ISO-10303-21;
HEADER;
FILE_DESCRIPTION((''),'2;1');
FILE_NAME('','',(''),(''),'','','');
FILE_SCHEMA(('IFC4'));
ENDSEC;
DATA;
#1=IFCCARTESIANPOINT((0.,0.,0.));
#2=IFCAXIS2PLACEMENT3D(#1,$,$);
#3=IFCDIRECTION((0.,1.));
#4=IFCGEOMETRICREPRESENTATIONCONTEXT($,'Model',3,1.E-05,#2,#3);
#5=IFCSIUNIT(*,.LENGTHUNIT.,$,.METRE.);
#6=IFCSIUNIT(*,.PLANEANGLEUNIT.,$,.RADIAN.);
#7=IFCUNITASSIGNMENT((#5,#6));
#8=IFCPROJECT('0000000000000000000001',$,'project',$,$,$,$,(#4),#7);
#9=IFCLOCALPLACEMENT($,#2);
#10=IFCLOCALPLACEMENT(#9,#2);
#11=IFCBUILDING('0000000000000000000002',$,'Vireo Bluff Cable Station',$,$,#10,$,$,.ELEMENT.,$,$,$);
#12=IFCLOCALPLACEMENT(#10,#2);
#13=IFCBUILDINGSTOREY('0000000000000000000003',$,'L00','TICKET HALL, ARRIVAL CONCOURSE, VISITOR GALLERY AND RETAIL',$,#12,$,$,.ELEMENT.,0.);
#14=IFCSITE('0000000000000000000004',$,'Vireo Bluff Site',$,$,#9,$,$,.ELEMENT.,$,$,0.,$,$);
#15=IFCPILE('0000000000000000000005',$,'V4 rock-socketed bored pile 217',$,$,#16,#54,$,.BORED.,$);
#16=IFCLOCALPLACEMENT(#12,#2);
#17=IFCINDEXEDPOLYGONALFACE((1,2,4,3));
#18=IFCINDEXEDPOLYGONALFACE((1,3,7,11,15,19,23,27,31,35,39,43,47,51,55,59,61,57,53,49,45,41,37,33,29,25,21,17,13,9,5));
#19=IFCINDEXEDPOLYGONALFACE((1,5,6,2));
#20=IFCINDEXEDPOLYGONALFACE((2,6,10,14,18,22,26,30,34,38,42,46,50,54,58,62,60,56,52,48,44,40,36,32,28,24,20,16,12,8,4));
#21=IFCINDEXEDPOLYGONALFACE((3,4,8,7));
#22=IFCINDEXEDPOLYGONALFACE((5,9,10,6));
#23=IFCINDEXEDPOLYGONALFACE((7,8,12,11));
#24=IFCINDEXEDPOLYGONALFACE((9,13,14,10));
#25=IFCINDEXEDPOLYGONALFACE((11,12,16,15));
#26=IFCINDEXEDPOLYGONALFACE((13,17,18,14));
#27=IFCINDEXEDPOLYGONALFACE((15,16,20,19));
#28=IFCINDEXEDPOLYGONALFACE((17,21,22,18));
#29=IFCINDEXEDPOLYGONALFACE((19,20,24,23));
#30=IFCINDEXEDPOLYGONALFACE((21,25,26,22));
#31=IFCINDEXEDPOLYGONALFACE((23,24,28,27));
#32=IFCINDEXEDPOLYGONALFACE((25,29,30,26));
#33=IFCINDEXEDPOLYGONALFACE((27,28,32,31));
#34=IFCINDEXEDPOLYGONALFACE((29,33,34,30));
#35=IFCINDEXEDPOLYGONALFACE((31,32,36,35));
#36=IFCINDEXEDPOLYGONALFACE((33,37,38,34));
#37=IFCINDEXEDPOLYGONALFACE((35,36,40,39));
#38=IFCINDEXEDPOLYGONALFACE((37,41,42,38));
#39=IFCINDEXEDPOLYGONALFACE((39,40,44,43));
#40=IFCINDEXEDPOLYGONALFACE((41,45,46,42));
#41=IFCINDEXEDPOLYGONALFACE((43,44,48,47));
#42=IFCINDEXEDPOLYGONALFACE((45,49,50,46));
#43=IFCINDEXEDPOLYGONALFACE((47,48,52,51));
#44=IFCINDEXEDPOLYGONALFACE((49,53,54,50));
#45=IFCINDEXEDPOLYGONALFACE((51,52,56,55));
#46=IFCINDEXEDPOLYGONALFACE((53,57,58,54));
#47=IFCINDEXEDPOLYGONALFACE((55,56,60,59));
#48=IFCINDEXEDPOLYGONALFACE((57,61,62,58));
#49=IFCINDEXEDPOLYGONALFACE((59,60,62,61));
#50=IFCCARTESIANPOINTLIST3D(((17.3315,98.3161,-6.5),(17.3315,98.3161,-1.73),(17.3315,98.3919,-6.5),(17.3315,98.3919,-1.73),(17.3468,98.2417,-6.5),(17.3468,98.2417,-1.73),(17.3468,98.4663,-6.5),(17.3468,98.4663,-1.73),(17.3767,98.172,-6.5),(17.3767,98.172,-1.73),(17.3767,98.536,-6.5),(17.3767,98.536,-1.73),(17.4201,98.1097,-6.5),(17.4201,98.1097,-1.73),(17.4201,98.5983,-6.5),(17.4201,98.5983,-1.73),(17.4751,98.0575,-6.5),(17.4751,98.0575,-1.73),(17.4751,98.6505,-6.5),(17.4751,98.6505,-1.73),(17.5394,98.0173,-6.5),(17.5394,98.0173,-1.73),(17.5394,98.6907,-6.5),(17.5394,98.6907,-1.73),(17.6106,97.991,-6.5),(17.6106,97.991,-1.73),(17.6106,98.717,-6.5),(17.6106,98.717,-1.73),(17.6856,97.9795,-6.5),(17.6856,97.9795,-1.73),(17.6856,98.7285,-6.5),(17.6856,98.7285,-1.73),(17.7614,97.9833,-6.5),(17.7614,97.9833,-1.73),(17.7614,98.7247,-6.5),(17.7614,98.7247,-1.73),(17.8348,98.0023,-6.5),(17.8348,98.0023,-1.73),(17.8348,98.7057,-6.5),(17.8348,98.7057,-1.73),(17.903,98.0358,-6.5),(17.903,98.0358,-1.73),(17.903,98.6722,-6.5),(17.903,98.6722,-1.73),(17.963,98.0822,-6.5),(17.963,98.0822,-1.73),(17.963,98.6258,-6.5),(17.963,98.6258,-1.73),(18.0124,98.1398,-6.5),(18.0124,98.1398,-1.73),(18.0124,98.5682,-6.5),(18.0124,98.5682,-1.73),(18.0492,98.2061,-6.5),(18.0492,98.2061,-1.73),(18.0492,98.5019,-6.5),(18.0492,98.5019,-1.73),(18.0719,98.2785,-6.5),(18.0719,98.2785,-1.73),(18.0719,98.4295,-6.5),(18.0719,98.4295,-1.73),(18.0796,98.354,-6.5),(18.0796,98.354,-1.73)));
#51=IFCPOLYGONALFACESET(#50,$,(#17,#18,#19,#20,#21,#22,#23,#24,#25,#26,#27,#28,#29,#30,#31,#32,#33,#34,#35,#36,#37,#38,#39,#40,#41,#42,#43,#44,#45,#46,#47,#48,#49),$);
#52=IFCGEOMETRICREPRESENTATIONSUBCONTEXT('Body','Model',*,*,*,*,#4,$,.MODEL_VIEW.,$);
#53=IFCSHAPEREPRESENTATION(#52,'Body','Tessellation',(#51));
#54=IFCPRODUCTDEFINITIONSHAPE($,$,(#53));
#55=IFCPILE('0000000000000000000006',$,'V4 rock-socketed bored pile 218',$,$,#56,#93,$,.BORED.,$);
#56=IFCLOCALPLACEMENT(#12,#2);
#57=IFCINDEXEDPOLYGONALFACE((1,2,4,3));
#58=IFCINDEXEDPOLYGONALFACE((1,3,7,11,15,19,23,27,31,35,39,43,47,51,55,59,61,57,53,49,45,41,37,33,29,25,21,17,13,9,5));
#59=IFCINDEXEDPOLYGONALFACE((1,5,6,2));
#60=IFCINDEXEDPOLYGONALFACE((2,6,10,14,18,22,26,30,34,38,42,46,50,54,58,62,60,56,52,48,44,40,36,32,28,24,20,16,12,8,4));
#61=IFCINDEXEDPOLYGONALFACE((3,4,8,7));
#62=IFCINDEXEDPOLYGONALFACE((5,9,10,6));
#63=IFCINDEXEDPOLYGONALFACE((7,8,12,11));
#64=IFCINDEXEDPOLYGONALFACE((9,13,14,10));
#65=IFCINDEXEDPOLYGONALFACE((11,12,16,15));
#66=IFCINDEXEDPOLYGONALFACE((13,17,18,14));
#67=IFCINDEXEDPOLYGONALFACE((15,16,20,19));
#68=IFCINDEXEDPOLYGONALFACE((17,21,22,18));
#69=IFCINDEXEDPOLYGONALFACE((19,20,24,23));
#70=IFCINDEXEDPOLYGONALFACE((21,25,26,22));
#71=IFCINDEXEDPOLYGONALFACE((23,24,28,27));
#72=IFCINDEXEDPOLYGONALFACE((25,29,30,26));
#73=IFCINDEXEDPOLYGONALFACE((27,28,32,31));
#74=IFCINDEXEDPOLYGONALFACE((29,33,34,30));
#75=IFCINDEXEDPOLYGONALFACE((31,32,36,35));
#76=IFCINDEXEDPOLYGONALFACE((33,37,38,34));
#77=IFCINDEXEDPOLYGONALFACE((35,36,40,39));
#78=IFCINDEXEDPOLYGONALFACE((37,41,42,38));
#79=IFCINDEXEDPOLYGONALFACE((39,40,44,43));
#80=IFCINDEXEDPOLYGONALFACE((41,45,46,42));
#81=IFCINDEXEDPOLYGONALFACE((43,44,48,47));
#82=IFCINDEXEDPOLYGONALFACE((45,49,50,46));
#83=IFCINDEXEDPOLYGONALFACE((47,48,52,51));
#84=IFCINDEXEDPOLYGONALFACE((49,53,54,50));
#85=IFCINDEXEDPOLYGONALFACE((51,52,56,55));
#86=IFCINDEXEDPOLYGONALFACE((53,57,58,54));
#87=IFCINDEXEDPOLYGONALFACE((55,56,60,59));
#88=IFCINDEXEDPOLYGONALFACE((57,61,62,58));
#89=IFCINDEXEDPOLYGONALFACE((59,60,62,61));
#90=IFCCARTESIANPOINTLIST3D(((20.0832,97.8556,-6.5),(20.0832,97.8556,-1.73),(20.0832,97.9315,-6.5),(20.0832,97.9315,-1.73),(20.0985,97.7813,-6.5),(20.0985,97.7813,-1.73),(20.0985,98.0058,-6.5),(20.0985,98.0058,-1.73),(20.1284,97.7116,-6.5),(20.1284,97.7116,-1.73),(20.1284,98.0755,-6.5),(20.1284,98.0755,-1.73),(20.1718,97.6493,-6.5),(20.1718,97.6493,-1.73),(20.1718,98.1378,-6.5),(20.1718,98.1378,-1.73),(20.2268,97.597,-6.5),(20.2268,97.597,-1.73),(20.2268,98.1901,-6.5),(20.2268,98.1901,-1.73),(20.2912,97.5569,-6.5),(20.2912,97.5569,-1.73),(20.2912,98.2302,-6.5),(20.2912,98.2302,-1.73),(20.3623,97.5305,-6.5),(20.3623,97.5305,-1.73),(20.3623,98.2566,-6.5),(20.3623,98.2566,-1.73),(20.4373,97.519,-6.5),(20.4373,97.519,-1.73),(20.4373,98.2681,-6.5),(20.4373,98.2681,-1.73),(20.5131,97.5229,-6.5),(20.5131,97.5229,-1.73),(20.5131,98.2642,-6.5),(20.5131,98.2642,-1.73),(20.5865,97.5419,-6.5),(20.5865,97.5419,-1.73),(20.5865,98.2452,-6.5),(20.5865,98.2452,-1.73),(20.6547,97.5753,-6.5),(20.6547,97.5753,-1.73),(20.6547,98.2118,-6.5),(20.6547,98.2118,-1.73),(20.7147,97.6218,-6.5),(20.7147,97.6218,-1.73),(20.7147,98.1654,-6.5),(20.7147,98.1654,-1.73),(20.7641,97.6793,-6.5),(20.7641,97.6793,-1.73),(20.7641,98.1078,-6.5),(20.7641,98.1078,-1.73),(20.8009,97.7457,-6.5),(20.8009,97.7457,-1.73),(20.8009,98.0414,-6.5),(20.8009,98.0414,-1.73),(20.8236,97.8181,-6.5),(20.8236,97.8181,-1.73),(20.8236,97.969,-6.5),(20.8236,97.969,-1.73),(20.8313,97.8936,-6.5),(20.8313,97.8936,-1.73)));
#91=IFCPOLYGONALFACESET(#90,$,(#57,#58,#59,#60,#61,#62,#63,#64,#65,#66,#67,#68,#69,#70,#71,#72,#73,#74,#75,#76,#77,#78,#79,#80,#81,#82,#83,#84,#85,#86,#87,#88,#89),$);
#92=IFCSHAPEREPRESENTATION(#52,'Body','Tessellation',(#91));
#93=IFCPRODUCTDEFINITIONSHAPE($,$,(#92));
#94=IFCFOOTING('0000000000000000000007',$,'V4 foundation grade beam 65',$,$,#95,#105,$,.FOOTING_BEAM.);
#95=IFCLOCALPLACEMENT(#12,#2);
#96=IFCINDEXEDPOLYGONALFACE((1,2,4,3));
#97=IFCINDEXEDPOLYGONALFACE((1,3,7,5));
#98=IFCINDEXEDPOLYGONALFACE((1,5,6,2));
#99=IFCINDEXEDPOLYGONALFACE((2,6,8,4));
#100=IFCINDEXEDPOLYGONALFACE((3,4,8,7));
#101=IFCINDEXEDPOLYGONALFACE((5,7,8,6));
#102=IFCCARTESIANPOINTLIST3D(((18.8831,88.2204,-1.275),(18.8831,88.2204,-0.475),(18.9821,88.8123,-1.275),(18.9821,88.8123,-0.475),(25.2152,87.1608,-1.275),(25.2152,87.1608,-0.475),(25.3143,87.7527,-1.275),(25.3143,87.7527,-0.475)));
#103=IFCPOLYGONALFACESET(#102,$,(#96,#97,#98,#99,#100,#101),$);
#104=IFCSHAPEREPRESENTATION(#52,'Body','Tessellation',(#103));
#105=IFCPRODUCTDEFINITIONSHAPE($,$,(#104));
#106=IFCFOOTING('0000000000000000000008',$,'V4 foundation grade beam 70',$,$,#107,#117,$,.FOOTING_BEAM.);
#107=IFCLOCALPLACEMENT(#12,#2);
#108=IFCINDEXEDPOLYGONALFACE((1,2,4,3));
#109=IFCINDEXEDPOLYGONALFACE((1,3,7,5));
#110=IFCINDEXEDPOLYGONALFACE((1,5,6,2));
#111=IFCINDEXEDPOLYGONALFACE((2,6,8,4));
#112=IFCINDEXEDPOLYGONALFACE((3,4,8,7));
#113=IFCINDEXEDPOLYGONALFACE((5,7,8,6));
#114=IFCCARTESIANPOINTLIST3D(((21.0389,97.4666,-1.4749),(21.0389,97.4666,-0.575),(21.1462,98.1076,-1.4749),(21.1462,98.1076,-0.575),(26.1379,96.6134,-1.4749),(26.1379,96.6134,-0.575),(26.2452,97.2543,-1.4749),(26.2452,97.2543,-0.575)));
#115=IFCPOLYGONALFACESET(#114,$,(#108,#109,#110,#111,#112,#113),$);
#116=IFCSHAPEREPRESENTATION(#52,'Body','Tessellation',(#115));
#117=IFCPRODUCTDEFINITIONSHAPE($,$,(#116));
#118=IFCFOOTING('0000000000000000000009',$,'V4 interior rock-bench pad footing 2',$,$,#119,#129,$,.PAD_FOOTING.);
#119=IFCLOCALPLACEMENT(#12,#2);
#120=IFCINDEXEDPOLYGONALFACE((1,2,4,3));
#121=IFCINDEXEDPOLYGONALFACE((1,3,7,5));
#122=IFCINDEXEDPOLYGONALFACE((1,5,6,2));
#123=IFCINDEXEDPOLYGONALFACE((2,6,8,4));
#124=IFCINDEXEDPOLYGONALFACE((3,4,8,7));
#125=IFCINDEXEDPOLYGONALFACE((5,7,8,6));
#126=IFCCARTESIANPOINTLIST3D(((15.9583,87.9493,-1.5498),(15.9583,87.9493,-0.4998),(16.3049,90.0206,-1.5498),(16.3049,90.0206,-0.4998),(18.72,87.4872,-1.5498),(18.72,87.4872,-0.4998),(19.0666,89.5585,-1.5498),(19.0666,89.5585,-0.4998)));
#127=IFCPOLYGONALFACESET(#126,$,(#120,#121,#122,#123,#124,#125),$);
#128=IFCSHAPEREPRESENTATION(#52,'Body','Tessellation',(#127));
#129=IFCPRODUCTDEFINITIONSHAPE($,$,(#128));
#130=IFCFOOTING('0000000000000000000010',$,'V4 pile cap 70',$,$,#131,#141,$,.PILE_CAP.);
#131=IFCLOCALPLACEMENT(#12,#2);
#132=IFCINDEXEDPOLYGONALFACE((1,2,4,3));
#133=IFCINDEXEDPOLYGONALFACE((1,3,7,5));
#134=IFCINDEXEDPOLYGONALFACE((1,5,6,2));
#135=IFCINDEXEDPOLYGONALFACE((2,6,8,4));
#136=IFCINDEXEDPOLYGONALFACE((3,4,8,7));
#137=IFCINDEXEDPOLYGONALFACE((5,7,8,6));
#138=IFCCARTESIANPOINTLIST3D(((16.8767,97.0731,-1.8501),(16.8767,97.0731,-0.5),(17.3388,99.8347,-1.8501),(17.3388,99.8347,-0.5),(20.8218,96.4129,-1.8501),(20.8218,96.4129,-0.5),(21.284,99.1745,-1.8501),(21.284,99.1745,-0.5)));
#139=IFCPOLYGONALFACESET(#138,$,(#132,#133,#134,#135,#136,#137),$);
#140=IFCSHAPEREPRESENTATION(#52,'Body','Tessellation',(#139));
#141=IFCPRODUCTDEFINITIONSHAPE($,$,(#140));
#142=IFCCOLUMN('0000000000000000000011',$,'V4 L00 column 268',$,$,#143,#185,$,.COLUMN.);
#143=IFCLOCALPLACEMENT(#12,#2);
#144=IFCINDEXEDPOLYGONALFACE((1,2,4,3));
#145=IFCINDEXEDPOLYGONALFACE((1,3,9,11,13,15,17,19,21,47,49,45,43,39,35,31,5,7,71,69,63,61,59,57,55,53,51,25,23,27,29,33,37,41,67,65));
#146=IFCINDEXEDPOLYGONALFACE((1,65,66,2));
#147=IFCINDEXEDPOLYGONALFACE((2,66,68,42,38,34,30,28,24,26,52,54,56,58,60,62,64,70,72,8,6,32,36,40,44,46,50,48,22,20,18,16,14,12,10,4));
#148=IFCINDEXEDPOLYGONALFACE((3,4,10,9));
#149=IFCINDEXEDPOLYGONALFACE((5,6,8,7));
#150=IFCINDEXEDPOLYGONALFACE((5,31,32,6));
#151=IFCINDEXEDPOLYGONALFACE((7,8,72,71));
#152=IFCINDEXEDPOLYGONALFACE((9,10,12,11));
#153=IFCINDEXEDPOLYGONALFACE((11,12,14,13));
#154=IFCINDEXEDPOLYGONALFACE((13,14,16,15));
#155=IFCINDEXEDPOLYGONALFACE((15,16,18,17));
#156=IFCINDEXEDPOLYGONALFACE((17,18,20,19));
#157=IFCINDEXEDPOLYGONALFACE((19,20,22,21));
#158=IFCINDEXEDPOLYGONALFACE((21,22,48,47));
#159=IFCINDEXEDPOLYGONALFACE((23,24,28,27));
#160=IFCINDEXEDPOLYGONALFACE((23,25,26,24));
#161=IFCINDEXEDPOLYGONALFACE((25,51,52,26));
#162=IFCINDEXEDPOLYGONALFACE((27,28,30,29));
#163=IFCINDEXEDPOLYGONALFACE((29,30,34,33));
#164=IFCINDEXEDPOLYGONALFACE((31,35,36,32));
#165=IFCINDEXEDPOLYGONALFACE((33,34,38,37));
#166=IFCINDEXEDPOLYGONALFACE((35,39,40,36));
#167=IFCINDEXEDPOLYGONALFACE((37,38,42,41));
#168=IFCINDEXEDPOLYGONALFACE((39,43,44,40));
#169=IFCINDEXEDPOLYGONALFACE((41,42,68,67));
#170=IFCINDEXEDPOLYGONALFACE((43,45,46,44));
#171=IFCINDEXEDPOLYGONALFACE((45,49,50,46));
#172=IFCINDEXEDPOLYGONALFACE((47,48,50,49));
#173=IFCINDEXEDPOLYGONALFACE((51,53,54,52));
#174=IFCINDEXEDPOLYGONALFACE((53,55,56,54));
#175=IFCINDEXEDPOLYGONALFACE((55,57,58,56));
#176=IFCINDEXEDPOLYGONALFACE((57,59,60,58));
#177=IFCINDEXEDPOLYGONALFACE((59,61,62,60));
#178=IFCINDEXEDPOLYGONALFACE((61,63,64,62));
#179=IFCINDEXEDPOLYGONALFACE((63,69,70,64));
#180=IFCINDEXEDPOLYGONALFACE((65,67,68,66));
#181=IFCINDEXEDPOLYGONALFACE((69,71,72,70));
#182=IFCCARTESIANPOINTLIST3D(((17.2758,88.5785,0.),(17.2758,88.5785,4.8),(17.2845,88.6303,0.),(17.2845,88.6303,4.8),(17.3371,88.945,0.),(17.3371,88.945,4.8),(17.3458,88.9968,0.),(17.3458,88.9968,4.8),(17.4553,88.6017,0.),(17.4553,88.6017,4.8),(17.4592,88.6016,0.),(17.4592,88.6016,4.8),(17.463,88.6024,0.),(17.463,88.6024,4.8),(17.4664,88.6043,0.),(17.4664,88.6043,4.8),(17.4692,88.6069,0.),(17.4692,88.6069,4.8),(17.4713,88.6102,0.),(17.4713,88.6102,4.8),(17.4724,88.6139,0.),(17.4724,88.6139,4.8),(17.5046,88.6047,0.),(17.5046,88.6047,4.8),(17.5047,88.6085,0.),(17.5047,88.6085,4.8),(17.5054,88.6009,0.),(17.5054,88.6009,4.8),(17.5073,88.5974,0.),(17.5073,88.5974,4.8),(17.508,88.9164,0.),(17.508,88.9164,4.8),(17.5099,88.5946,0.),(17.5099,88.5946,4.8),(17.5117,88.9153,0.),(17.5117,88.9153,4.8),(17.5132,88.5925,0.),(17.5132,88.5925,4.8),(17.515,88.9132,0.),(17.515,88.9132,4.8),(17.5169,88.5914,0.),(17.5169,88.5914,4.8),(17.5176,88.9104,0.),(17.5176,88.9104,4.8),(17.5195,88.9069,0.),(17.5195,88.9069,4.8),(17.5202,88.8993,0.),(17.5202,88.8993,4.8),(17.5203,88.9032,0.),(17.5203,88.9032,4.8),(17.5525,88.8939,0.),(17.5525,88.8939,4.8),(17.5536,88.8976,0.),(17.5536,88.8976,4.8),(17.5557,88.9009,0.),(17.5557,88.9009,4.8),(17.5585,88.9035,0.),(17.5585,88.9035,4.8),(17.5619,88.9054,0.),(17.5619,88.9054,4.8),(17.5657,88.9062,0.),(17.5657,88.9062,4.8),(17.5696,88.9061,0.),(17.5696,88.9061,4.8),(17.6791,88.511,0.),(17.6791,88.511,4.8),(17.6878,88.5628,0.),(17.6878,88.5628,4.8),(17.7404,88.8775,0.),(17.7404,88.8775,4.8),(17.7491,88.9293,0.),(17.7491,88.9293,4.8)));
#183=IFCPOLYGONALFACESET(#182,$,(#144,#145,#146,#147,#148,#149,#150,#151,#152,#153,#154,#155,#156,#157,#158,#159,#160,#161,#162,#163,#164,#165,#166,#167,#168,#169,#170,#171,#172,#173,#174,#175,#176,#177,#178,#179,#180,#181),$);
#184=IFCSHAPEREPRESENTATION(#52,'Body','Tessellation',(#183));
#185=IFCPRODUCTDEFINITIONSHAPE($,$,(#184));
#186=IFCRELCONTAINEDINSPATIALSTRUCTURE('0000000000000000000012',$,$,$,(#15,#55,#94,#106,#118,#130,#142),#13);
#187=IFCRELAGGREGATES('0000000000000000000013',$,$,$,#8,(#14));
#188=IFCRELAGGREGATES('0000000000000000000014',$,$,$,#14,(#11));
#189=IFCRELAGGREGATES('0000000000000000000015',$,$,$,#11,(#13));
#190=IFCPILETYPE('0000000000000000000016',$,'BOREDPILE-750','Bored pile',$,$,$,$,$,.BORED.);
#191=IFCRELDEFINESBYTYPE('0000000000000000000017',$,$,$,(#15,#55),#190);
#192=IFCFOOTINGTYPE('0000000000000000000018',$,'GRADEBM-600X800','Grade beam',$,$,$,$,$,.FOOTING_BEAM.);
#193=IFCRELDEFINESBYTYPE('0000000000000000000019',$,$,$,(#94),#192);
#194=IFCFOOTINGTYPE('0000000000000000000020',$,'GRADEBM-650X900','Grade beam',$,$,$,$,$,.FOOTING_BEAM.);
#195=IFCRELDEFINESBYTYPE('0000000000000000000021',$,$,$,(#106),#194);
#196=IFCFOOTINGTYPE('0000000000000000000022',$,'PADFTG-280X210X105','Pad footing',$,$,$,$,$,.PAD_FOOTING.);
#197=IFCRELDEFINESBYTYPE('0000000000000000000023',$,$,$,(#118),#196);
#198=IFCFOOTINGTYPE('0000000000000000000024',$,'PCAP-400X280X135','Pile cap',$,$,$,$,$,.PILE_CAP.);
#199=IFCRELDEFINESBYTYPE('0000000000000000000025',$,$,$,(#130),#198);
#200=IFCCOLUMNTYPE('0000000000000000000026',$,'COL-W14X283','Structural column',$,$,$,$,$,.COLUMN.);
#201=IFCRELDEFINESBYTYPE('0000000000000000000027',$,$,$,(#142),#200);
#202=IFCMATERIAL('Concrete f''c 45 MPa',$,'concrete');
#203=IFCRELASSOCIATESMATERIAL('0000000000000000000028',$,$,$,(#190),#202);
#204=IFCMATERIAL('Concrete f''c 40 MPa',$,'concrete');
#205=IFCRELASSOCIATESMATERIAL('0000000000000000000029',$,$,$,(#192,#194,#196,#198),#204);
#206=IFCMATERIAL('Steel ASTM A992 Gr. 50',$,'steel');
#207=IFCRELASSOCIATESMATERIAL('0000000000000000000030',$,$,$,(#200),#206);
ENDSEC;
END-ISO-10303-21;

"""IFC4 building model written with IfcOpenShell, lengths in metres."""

from ifc_helpers import new_model, si_unit, direction, frame, origin, origin_2d, place, context, subcontext, project, spatial, rectangle, circle, i_section, extrude, material, material_profile, profile_set, type_object, element, save


model = new_model("IFC4")

# Units and contexts
model_context = context("Model", 3, precision=1e-05, world=origin(), true_north=direction((0.0, 1.0)))
body_context = subcontext(model_context, "Body", "Model", "MODEL_VIEW")
ifc_project = project(units=[si_unit("LENGTHUNIT", "METRE"), si_unit("PLANEANGLEUNIT", "RADIAN")], contexts=[model_context])

# Site, building, storey
site_placement = place(None, origin())
site = spatial("IfcSite", under=ifc_project, at=site_placement, Name="Vireo Bluff Site", CompositionType="ELEMENT", RefElevation=0.0)
building_placement = place(site_placement, origin())
building = spatial("IfcBuilding", under=site, at=building_placement, Name="Vireo Bluff Cable Station", CompositionType="ELEMENT")
storey_placement = place(building_placement, origin())
storey = spatial("IfcBuildingStorey", under=building, at=storey_placement, Name="L00", Description="TICKET HALL, ARRIVAL CONCOURSE, VISITOR GALLERY AND RETAIL", CompositionType="ELEMENT", Elevation=0.0)

# Piles
ifc_material_1 = material(Name="Concrete f'c 45 MPa", Category="concrete")
ifc_material_profile_1 = material_profile(ifc_material_1, circle(Radius=0.375, at=origin_2d()), Name="BOREDPILE-750")
ifc_profile_set_1 = profile_set([ifc_material_profile_1], Name="Concrete f'c 45 MPa")
pile_type = type_object("IfcPileType", Name="BOREDPILE-750", Description="Bored pile", PredefinedType="BORED", material=ifc_profile_set_1)
for number, where, z_axis, x_axis, name in (
    (1, (17.7046, 98.354, -1.73), (0.0, 0.0, -1.0), (1.0, 0.0, 0.0), "V4 rock-socketed bored pile 217"),
    (2, (20.4563, 97.8936, -1.73), (0.0, 0.0, -1.0), (1.0, 0.0, 0.0), "V4 rock-socketed bored pile 218"),
):
    element("IfcPile", number, at=place(storey_placement, frame(where, z_axis=z_axis, x_axis=x_axis)), inside=storey, type_object=pile_type, Name=name, PredefinedType="BORED", context=body_context, shape_type="SweptSolid", body=[
        extrude(circle(Radius=0.375, at=origin_2d()), origin(), (0.0, 0.0, 1.0), 4.77),
    ])

# Footings
ifc_material_2 = material(Name="Concrete f'c 40 MPa", Category="concrete")
ifc_material_profile_2 = material_profile(ifc_material_2, rectangle(XDim=0.6001, YDim=0.8, at=origin_2d()), Name="GRADEBM-600X800")
ifc_profile_set_2 = profile_set([ifc_material_profile_2], Name="Concrete f'c 40 MPa")
footing_type_1 = type_object("IfcFootingType", Name="GRADEBM-600X800", Description="Grade beam", PredefinedType="FOOTING_BEAM", material=ifc_profile_set_2)
footing_1_placement = place(storey_placement, frame((18.9326, 88.5164, -0.875), z_axis=(0.986287, -0.16504, 0.0), x_axis=(0.16504, 0.986287, 0.0)))
element("IfcFooting", 3, at=footing_1_placement, inside=storey, type_object=footing_type_1, Name="V4 foundation grade beam 65", PredefinedType="FOOTING_BEAM", context=body_context, shape_type="SweptSolid", body=[
    extrude(rectangle(XDim=0.6001, YDim=0.8, at=origin_2d()), origin(), (0.0, 0.0, 1.0), 6.4202),
])
ifc_material_profile_3 = material_profile(ifc_material_2, rectangle(XDim=0.6499, YDim=0.8999, at=origin_2d()), Name="GRADEBM-650X900")
ifc_profile_set_3 = profile_set([ifc_material_profile_3], Name="Concrete f'c 40 MPa")
footing_type_2 = type_object("IfcFootingType", Name="GRADEBM-650X900", Description="Grade beam", PredefinedType="FOOTING_BEAM", material=ifc_profile_set_3)
footing_2_placement = place(storey_placement, frame((21.0925, 97.7871, -1.0249), z_axis=(0.986287, -0.165042, 0.0), x_axis=(0.165042, 0.986287, 0.0)))
element("IfcFooting", 4, at=footing_2_placement, inside=storey, type_object=footing_type_2, Name="V4 foundation grade beam 70", PredefinedType="FOOTING_BEAM", context=body_context, shape_type="SweptSolid", body=[
    extrude(rectangle(XDim=0.6499, YDim=0.8999, at=origin_2d()), origin(), (0.0, 0.0, 1.0), 5.1699),
])
footing_type_3 = type_object("IfcFootingType", Name="PADFTG-280X210X105", Description="Pad footing", PredefinedType="PAD_FOOTING", material=ifc_material_2)
footing_3_placement = place(storey_placement, frame((17.5125, 88.7539, -1.5498), z_axis=(0.0, 0.0, 1.0), x_axis=(0.986286, -0.165048, 0.0)))
element("IfcFooting", 5, at=footing_3_placement, inside=storey, type_object=footing_type_3, Name="V4 interior rock-bench pad footing 2", PredefinedType="PAD_FOOTING", context=body_context, shape_type="SweptSolid", body=[
    extrude(rectangle(XDim=2.8, YDim=2.1001, at=origin_2d()), origin(), (0.0, 0.0, 1.0), 1.05),
])
footing_type_4 = type_object("IfcFootingType", Name="PCAP-400X280X135", Description="Pile cap", PredefinedType="PILE_CAP", material=ifc_material_2)
footing_4_placement = place(storey_placement, frame((19.0803, 98.1238, -1.8501), z_axis=(0.0, 0.0, 1.0), x_axis=(0.986286, -0.165048, 0.0)))
element("IfcFooting", 6, at=footing_4_placement, inside=storey, type_object=footing_type_4, Name="V4 pile cap 70", PredefinedType="PILE_CAP", context=body_context, shape_type="SweptSolid", body=[
    extrude(rectangle(XDim=4.0, YDim=2.8, at=origin_2d()), origin(), (0.0, 0.0, 1.0), 1.3501),
])

# Column
ifc_material_3 = material(Name="Steel ASTM A992 Gr. 50", Category="steel")
ifc_material_profile_4 = material_profile(ifc_material_3, i_section(OverallWidth=0.4089, OverallDepth=0.4241, WebThickness=0.0327, FlangeThickness=0.0525, FilletRadius=0.0149, at=origin_2d()), Name="W14X283")
ifc_profile_set_4 = profile_set([ifc_material_profile_4], Name="Steel ASTM A992 Gr. 50")
column_type_1 = type_object("IfcColumnType", Name="COL-W14X283", Description="Structural column", PredefinedType="COLUMN", material=ifc_profile_set_4)
column_1_placement = place(storey_placement, frame((17.5125, 88.7539, 0.0), z_axis=(0.0, 0.0, 1.0), x_axis=(0.986286, -0.165048, 0.0)))
element("IfcColumn", 7, at=column_1_placement, inside=storey, type_object=column_type_1, Name="V4 L00 column 268", PredefinedType="COLUMN", context=body_context, shape_type="SweptSolid", body=[
    extrude(i_section(OverallWidth=0.4089, OverallDepth=0.4241, WebThickness=0.0327, FlangeThickness=0.0525, FilletRadius=0.0149, at=origin_2d()), origin(), (0.0, 0.0, 1.0), 4.8),
])

save(model, "model.ifc")
